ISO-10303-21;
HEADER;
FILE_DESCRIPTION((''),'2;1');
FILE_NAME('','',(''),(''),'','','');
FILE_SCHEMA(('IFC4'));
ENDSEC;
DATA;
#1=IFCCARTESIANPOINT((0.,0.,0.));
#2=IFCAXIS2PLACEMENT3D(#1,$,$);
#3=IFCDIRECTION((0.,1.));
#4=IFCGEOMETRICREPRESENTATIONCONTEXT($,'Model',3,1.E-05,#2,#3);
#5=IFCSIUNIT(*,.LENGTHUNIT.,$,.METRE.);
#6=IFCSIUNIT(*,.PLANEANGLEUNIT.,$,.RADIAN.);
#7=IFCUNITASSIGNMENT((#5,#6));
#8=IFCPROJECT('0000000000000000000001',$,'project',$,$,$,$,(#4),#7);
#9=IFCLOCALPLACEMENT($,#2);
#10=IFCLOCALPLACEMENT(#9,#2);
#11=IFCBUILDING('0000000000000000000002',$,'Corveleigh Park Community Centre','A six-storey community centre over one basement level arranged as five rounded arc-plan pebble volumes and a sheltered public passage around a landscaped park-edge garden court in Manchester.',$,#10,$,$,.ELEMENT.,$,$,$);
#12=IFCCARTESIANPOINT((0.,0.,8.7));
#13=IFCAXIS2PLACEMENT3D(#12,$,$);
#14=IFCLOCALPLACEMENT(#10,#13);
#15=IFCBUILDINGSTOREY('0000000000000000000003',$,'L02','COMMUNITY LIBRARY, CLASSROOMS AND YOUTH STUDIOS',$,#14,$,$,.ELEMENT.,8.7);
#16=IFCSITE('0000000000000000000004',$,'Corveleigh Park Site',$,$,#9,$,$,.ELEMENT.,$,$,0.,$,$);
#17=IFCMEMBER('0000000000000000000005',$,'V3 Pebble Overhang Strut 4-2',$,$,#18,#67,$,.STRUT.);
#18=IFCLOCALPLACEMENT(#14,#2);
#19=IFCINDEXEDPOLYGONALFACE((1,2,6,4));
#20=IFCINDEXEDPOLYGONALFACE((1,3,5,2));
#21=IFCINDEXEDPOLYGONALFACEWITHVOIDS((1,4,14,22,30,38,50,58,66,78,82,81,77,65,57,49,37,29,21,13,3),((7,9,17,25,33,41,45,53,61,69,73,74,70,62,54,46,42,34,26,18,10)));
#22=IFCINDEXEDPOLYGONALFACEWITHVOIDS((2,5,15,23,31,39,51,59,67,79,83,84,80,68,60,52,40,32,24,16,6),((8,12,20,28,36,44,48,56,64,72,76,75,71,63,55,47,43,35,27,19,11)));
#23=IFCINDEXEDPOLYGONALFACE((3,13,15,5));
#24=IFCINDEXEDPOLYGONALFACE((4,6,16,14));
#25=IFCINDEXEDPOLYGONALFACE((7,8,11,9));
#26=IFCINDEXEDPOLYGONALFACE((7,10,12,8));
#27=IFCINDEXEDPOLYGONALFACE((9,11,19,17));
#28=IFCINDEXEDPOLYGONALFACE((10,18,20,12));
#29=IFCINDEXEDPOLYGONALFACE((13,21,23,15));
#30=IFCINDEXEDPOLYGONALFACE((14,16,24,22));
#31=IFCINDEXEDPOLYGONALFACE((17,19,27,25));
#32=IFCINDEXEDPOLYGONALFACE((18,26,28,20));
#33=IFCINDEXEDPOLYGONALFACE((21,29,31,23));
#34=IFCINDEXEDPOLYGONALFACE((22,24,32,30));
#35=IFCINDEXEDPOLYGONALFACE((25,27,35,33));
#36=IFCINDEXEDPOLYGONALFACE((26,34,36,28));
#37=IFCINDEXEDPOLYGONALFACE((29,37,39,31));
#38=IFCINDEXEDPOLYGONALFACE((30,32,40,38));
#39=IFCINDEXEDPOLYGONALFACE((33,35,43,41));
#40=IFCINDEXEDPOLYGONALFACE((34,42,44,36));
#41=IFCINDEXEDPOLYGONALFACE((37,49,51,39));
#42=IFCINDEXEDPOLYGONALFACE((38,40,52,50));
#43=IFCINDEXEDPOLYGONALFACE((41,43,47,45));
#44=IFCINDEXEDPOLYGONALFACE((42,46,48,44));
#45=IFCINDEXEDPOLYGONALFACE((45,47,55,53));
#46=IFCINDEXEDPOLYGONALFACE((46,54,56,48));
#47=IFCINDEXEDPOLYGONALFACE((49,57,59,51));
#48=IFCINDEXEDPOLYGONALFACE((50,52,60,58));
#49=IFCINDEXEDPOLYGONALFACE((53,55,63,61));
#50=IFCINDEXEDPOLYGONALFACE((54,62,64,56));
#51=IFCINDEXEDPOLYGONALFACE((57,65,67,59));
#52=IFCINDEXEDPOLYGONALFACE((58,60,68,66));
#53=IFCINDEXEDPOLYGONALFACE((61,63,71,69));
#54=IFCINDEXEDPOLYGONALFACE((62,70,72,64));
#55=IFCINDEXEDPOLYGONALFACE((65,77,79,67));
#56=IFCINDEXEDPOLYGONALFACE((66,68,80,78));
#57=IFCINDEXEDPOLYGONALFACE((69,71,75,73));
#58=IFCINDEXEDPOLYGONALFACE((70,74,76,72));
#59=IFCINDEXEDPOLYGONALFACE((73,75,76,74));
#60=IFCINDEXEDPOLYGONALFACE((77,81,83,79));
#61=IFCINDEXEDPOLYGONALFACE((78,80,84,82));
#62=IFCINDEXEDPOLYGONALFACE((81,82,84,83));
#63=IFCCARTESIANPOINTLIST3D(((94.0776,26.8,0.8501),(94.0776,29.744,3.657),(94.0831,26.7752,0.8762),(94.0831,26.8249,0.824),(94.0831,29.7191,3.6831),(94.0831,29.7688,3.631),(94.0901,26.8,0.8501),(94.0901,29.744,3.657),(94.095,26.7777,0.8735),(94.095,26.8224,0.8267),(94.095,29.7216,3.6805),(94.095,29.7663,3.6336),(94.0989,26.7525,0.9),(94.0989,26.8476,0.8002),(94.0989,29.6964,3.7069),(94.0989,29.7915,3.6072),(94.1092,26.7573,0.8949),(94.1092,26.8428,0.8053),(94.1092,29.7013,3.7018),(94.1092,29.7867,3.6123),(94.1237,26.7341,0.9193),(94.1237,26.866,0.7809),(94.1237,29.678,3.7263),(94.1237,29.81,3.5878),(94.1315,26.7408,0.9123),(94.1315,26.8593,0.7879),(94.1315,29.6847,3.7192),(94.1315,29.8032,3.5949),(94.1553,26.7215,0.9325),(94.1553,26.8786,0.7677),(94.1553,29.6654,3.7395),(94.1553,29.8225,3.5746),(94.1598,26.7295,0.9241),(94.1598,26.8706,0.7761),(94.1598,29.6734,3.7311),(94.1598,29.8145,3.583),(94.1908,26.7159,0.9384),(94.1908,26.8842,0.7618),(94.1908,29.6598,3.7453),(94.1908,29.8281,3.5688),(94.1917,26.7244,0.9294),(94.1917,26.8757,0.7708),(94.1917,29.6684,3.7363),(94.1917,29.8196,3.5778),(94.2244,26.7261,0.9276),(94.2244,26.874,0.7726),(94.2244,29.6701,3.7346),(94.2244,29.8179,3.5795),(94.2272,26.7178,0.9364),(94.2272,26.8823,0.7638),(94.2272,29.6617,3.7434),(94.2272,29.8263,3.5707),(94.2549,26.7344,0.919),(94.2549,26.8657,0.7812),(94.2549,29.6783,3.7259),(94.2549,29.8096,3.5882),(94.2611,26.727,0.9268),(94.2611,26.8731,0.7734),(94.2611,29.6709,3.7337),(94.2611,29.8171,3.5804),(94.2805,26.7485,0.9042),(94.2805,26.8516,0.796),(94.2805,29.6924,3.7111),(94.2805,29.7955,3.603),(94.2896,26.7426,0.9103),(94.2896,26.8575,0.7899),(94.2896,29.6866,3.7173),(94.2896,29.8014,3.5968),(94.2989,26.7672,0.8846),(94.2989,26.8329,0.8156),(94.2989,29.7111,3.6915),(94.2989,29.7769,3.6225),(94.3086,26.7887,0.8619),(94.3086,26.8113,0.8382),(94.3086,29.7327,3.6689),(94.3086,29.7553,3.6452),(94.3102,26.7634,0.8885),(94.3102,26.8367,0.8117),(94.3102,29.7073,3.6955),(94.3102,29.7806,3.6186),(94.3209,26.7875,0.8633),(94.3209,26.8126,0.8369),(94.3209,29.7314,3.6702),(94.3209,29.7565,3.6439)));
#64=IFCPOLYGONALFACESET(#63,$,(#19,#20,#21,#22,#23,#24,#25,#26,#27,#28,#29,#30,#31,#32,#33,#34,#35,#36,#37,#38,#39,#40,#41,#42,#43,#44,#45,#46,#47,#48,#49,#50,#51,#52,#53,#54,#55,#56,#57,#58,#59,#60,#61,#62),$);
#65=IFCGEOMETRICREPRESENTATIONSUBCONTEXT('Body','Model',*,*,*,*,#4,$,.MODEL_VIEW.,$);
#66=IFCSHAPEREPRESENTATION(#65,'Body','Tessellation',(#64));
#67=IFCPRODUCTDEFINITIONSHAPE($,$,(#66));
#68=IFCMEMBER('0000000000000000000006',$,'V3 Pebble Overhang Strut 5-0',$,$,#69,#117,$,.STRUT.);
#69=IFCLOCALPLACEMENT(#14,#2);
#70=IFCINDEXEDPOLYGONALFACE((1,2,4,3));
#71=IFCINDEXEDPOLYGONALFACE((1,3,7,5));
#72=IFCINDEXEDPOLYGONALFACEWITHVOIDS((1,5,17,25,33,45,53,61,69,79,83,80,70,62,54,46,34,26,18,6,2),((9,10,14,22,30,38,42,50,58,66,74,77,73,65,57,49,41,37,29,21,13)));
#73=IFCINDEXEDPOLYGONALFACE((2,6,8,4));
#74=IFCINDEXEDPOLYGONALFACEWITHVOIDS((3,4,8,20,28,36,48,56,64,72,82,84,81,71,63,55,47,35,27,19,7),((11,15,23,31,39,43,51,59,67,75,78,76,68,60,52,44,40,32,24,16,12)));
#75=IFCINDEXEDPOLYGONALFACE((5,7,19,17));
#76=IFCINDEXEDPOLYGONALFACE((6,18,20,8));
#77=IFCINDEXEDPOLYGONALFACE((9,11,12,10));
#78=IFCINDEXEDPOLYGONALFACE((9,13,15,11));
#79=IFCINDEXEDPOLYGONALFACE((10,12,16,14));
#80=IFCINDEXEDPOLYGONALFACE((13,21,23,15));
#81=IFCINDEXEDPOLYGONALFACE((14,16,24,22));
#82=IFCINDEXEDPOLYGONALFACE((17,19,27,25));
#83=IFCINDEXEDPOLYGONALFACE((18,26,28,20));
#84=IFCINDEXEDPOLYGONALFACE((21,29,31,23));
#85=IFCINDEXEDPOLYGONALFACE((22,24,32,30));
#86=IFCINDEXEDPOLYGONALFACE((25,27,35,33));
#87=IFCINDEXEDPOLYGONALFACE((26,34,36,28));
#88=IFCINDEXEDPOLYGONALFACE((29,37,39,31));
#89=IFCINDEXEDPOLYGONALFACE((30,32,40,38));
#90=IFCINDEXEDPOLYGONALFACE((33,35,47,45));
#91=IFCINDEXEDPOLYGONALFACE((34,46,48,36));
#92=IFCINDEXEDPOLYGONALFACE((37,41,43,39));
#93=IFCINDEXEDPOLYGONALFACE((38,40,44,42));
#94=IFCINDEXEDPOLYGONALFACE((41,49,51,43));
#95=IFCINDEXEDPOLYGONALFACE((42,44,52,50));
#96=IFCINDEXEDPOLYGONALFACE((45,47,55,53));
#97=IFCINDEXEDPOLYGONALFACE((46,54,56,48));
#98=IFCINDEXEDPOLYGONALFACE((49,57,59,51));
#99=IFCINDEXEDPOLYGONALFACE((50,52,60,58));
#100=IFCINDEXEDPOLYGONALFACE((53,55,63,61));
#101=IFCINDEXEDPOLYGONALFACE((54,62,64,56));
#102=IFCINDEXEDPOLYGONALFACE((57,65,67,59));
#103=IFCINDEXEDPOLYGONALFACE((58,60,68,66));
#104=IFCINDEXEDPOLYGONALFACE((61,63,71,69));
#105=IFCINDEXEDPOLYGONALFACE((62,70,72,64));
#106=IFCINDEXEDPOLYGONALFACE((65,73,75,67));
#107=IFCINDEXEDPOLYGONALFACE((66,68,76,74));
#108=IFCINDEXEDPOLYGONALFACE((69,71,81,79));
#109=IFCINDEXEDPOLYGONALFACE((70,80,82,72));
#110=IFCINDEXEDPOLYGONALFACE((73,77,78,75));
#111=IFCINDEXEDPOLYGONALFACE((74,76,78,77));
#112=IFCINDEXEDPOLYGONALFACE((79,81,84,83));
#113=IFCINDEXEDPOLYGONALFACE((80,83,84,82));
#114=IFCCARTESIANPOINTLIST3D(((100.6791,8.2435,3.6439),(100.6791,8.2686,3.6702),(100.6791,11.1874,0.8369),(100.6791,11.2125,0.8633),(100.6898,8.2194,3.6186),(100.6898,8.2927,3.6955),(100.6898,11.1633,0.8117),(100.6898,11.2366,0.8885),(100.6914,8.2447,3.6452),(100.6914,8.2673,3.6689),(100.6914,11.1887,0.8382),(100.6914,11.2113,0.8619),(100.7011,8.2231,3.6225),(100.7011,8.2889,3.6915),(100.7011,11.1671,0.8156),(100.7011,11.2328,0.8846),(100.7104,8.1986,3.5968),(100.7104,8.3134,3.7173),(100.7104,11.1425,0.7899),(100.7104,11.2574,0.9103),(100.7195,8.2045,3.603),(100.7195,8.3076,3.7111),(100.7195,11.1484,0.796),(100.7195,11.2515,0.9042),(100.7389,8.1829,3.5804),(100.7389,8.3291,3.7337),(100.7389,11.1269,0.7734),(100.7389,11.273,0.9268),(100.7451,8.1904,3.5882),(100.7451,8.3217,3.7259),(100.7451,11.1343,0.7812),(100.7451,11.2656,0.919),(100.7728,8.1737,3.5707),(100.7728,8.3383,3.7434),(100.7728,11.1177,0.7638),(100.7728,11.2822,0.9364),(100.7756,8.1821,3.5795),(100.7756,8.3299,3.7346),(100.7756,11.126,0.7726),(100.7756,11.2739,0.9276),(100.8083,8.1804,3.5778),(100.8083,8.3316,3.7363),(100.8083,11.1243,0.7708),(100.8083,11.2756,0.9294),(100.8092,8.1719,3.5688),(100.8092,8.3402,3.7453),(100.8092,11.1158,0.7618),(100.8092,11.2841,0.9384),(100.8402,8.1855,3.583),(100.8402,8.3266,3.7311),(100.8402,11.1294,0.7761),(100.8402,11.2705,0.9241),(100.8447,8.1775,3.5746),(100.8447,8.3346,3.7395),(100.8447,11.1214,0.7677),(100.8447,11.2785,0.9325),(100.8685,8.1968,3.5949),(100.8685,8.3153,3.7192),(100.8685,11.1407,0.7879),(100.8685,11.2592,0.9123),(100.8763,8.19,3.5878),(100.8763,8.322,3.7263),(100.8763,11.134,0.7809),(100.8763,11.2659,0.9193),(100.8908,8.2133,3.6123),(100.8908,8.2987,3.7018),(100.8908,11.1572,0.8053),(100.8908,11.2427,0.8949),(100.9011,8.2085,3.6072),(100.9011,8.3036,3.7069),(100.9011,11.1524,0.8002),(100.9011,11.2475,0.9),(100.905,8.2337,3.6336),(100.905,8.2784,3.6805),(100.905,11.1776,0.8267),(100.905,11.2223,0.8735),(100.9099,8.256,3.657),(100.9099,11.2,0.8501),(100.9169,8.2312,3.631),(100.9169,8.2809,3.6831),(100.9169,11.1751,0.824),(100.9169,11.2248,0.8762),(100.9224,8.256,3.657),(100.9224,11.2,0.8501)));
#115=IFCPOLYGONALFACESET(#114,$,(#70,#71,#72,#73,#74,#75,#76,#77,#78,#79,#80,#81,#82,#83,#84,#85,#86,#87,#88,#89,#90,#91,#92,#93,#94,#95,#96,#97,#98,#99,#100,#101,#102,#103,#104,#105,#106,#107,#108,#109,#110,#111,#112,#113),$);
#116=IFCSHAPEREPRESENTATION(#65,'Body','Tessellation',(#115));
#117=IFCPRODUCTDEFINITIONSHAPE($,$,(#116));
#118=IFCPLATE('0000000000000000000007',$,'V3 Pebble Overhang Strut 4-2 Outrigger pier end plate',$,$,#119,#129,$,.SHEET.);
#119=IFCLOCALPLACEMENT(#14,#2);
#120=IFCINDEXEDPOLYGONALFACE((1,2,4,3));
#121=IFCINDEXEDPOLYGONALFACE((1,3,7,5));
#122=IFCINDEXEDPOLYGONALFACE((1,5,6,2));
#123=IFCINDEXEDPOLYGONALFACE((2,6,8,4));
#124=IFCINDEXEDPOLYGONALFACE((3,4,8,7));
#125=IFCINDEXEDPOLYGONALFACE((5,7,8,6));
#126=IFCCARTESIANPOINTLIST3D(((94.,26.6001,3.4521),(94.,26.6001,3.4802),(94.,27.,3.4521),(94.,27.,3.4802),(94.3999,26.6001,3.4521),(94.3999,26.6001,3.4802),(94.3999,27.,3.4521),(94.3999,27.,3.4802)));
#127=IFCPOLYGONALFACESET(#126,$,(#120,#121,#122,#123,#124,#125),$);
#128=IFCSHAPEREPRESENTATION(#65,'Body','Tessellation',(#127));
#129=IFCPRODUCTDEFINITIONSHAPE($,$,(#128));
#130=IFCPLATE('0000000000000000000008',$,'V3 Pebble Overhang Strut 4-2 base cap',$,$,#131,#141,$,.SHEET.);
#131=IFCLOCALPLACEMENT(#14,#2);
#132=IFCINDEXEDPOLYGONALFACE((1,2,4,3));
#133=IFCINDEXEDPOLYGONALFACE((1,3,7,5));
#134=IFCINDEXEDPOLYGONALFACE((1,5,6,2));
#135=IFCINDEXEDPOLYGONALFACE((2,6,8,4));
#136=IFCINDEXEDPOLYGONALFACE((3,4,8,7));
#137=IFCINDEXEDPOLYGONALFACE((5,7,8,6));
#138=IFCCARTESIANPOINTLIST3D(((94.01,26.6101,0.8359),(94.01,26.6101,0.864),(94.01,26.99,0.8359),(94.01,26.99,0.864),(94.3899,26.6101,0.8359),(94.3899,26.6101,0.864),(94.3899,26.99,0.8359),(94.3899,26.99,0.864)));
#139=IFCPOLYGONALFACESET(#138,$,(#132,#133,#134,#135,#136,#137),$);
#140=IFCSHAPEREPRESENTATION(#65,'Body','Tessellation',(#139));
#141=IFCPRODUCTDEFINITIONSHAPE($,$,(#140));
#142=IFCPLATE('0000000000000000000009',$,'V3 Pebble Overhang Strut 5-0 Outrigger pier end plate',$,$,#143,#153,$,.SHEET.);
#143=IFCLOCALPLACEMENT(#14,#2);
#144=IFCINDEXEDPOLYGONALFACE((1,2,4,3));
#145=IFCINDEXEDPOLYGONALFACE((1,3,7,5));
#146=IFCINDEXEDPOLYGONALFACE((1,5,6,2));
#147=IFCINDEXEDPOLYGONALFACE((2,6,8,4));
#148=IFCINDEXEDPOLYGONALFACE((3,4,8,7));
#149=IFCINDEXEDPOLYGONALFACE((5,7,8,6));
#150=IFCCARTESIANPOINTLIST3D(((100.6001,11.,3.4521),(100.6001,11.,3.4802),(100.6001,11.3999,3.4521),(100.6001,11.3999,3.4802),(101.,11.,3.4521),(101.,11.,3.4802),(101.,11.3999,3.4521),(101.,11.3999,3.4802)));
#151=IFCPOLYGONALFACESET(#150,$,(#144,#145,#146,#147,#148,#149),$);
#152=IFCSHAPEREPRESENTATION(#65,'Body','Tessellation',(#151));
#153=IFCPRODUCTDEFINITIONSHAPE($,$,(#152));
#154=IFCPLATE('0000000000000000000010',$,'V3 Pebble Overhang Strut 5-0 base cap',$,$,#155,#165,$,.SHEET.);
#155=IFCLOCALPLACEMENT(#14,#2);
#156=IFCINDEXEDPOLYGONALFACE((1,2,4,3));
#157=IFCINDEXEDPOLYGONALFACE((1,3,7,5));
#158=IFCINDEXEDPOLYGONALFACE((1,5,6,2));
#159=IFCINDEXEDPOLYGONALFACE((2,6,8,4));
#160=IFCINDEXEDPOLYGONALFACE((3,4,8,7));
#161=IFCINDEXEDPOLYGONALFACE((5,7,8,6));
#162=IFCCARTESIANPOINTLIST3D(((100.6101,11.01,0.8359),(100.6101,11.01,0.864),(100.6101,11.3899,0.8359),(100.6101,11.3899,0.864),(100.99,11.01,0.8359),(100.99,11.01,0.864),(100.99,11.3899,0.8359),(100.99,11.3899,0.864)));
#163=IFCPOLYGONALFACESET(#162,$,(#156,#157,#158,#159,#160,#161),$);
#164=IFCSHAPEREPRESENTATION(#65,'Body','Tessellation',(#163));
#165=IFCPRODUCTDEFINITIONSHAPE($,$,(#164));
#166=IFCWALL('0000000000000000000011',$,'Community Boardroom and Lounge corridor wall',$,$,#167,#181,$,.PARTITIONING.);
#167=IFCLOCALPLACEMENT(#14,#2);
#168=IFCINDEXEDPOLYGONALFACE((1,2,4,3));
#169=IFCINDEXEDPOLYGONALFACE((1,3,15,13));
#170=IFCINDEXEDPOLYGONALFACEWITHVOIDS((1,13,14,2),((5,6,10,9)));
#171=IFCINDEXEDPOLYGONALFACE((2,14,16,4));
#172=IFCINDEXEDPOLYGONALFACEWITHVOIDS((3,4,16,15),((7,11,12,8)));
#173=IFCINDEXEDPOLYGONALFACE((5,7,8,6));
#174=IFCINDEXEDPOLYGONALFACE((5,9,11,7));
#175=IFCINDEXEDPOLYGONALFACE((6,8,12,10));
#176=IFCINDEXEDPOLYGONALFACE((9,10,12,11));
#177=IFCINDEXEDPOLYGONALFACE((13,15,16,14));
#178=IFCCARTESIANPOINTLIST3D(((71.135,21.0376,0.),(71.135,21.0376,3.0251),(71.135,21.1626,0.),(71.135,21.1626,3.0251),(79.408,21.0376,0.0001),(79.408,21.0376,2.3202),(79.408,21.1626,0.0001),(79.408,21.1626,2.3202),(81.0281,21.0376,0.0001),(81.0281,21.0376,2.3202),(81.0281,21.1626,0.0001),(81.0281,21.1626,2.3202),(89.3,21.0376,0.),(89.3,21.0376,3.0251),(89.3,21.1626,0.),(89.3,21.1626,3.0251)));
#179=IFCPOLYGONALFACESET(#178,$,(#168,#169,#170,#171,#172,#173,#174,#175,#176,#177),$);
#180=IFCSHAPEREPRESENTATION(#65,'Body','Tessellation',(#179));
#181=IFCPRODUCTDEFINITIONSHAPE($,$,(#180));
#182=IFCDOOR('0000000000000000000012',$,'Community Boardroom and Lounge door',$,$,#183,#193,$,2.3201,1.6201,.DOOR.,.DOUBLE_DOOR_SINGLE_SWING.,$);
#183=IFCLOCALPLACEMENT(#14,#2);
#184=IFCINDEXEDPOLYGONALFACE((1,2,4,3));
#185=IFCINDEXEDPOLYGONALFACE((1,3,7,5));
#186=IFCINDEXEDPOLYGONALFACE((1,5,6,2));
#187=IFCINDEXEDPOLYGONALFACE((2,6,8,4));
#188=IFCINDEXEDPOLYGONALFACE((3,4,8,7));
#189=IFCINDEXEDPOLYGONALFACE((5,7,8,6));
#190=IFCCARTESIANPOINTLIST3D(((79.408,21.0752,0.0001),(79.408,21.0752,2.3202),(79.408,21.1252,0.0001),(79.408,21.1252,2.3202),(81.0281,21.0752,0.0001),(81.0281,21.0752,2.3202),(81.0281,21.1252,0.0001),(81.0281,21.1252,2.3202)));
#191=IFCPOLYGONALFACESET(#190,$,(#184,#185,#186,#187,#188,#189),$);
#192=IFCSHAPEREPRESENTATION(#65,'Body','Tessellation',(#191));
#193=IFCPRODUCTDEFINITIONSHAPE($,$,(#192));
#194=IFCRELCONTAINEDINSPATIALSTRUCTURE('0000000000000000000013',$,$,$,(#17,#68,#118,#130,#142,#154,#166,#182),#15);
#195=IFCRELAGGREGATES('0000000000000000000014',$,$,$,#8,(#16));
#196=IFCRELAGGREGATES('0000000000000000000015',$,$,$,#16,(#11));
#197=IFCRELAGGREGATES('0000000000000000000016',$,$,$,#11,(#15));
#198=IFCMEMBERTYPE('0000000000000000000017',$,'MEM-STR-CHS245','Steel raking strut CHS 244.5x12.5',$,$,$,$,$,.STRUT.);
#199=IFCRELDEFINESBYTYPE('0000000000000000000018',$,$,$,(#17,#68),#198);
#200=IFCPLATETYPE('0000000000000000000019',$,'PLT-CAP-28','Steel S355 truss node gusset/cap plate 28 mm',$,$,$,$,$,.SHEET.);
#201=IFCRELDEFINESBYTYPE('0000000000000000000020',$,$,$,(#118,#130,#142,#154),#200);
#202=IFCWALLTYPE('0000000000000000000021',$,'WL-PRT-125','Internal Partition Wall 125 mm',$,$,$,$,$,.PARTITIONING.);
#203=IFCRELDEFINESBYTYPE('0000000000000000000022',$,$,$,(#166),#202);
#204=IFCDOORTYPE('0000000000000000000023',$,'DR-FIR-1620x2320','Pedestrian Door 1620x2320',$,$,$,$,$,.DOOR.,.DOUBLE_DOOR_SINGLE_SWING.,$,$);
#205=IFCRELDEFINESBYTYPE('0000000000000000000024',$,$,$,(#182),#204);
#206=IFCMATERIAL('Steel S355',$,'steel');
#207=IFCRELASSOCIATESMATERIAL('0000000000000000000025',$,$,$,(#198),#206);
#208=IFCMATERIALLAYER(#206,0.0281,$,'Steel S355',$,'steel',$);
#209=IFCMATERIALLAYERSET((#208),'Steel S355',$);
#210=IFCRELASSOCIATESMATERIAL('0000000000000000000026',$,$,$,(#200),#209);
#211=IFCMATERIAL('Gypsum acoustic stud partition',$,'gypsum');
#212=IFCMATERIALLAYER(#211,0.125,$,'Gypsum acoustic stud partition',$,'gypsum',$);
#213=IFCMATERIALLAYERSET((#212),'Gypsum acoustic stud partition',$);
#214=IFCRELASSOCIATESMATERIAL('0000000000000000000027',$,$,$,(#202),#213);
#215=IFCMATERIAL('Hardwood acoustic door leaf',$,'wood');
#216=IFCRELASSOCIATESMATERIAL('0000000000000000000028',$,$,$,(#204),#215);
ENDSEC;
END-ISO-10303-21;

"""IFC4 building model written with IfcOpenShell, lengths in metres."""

from ifc_helpers import new_model, si_unit, direction, frame, frame_2d, origin, origin_2d, place, context, subcontext, project, spatial, rectangle, hollow_circle, extrude, material, layer, layer_set, material_profile, profile_set, type_object, element, fill, save


model = new_model("IFC4")

# Units and contexts
model_context = context("Model", 3, precision=1e-05, world=origin(), true_north=direction((0.0, 1.0)))
body_context = subcontext(model_context, "Body", "Model", "MODEL_VIEW")
ifc_project = project(units=[si_unit("LENGTHUNIT", "METRE"), si_unit("PLANEANGLEUNIT", "RADIAN")], contexts=[model_context])

# Site, building, storey
site_placement = place(None, origin())
site = spatial("IfcSite", under=ifc_project, at=site_placement, Name="Corveleigh Park Site", CompositionType="ELEMENT", RefElevation=0.0)
building_placement = place(site_placement, origin())
building = spatial("IfcBuilding", under=site, at=building_placement, Name="Corveleigh Park Community Centre", Description="A six-storey community centre over one basement level arranged as five rounded arc-plan pebble volumes and a sheltered public passage around a landscaped park-edge garden court in Manchester.", CompositionType="ELEMENT")
storey_placement = place(building_placement, frame((0.0, 0.0, 8.7)))
storey = spatial("IfcBuildingStorey", under=building, at=storey_placement, Name="L02", Description="COMMUNITY LIBRARY, CLASSROOMS AND YOUTH STUDIOS", CompositionType="ELEMENT", Elevation=8.7)

# Shared definitions
ifc_material_1 = material(Name="Steel S355", Category="steel")

# Members
ifc_material_profile_1 = material_profile(ifc_material_1, hollow_circle(Radius=0.1223, WallThickness=0.0125, at=origin_2d()), Name="CHS 244.5x12.5", Category="steel")
ifc_profile_set_1 = profile_set([ifc_material_profile_1], Name="Steel S355")
member_type = type_object("IfcMemberType", Name="MEM-STR-CHS245", Description="Steel raking strut CHS 244.5x12.5", PredefinedType="STRUT", material=ifc_profile_set_1)
for number, where, z_axis, x_axis, name in (
    (1, (94.2, 26.8, 0.8501), (0.0, 0.723742, 0.69007), (-1.0, 0.0, 0.0), "V3 Pebble Overhang Strut 4-2"),
    (2, (100.8, 11.2, 0.8501), (0.0, -0.723742, 0.69007), (1.0, 0.0, 0.0), "V3 Pebble Overhang Strut 5-0"),
):
    element("IfcMember", number, at=place(storey_placement, frame(where, z_axis=z_axis, x_axis=x_axis)), inside=storey, type_object=member_type, Name=name, PredefinedType="STRUT", context=body_context, shape_type="SweptSolid", body=[
        extrude(hollow_circle(Radius=0.1223, WallThickness=0.0125, at=origin_2d()), origin(), (0.0, 0.0, 1.0), 4.0676),
    ])

# Plates
ifc_layer_1 = layer(ifc_material_1, 0.0281, Name="Steel S355", Category="steel")
ifc_layer_set_1 = layer_set([ifc_layer_1], Name="Steel S355")
plate_type = type_object("IfcPlateType", Name="PLT-CAP-28", Description="Steel S355 truss node gusset/cap plate 28 mm", PredefinedType="SHEET", material=ifc_layer_set_1)
plate_1_placement = place(storey_placement, frame((94.2, 26.8, 3.4521), z_axis=(0.0, 0.0, 1.0), x_axis=(1.0, 0.0, 0.0)))
element("IfcPlate", 3, at=plate_1_placement, inside=storey, type_object=plate_type, Name="V3 Pebble Overhang Strut 4-2 Outrigger pier end plate", PredefinedType="SHEET", context=body_context, shape_type="SweptSolid", body=[
    extrude(rectangle(XDim=0.3999, YDim=0.3999, at=origin_2d()), origin(), (0.0, 0.0, 1.0), 0.0281),
])
plate_2_placement = place(storey_placement, frame((94.2, 26.8, 0.8359), z_axis=(0.0, 0.0, 1.0), x_axis=(1.0, 0.0, 0.0)))
element("IfcPlate", 4, at=plate_2_placement, inside=storey, type_object=plate_type, Name="V3 Pebble Overhang Strut 4-2 base cap", PredefinedType="SHEET", context=body_context, shape_type="SweptSolid", body=[
    extrude(rectangle(XDim=0.3799, YDim=0.3799, at=origin_2d()), origin(), (0.0, 0.0, 1.0), 0.0281),
])
plate_3_placement = place(storey_placement, frame((100.8, 11.2, 3.4521), z_axis=(0.0, 0.0, 1.0), x_axis=(1.0, 0.0, 0.0)))
element("IfcPlate", 5, at=plate_3_placement, inside=storey, type_object=plate_type, Name="V3 Pebble Overhang Strut 5-0 Outrigger pier end plate", PredefinedType="SHEET", context=body_context, shape_type="SweptSolid", body=[
    extrude(rectangle(XDim=0.3999, YDim=0.3999, at=origin_2d()), origin(), (0.0, 0.0, 1.0), 0.0281),
])
plate_4_placement = place(storey_placement, frame((100.8, 11.2, 0.8359), z_axis=(0.0, 0.0, 1.0), x_axis=(1.0, 0.0, 0.0)))
element("IfcPlate", 6, at=plate_4_placement, inside=storey, type_object=plate_type, Name="V3 Pebble Overhang Strut 5-0 base cap", PredefinedType="SHEET", context=body_context, shape_type="SweptSolid", body=[
    extrude(rectangle(XDim=0.3799, YDim=0.3799, at=origin_2d()), origin(), (0.0, 0.0, 1.0), 0.0281),
])

# Wall, opening, door
ifc_material_2 = material(Name="Gypsum acoustic stud partition", Category="gypsum")
ifc_layer_2 = layer(ifc_material_2, 0.125, Name="Gypsum acoustic stud partition", Category="gypsum")
ifc_layer_set_2 = layer_set([ifc_layer_2], Name="Gypsum acoustic stud partition")
wall_type_1 = type_object("IfcWallType", Name="WL-PRT-125", Description="Internal Partition Wall 125 mm", PredefinedType="PARTITIONING", material=ifc_layer_set_2)
wall_1_placement = place(storey_placement, frame((89.3, 21.1001, 0.0), z_axis=(0.0, 0.0, 1.0), x_axis=(-1.0, 0.0, 0.0)))
wall_1 = element("IfcWall", 7, at=wall_1_placement, inside=storey, type_object=wall_type_1, Name="Community Boardroom and Lounge corridor wall", PredefinedType="PARTITIONING", context=body_context, shape_type="SweptSolid", body=[
    extrude(rectangle(XDim=18.165, YDim=0.125, at=frame_2d((9.0825, 0.0))), origin(), (0.0, 0.0, 1.0), 3.0251),
])
opening_1_placement = place(wall_1_placement, frame((8.272, 0.0, 0.0)))
opening_1 = element("IfcOpeningElement", 8, at=opening_1_placement, cuts=wall_1, PredefinedType="OPENING", context=body_context, shape_type="SweptSolid", body=[
    extrude(rectangle(XDim=1.6201, YDim=2.3201, at=frame_2d((0.8101, 1.1602))), frame((0.0, 0.0725, 0.0), z_axis=(0.0, -1.0, 0.0), x_axis=(1.0, 0.0, 0.0)), (0.0, 0.0, 1.0), 0.145),
])
ifc_material_3 = material(Name="Hardwood acoustic door leaf", Category="wood")
door_type_1 = type_object("IfcDoorType", Name="DR-FIR-1620x2320", Description="Pedestrian Door 1620x2320", OperationType="DOUBLE_DOOR_SINGLE_SWING", PredefinedType="DOOR", material=ifc_material_3)
door_1_placement = place(opening_1_placement, origin())
door_1 = element("IfcDoor", 9, at=door_1_placement, inside=storey, type_object=door_type_1, Name="Community Boardroom and Lounge door", OperationType="DOUBLE_DOOR_SINGLE_SWING", OverallHeight=2.3201, OverallWidth=1.6201, PredefinedType="DOOR", context=body_context, shape_type="SweptSolid", body=[
    extrude(rectangle(XDim=1.6201, YDim=2.3201, at=frame_2d((0.8101, 1.1602))), frame((0.0, 0.0249, 0.0), z_axis=(0.0, -1.0, 0.0), x_axis=(1.0, 0.0, 0.0)), (0.0, 0.0, 1.0), 0.05),
])
fill(opening_1, door_1)

save(model, "model.ifc")
